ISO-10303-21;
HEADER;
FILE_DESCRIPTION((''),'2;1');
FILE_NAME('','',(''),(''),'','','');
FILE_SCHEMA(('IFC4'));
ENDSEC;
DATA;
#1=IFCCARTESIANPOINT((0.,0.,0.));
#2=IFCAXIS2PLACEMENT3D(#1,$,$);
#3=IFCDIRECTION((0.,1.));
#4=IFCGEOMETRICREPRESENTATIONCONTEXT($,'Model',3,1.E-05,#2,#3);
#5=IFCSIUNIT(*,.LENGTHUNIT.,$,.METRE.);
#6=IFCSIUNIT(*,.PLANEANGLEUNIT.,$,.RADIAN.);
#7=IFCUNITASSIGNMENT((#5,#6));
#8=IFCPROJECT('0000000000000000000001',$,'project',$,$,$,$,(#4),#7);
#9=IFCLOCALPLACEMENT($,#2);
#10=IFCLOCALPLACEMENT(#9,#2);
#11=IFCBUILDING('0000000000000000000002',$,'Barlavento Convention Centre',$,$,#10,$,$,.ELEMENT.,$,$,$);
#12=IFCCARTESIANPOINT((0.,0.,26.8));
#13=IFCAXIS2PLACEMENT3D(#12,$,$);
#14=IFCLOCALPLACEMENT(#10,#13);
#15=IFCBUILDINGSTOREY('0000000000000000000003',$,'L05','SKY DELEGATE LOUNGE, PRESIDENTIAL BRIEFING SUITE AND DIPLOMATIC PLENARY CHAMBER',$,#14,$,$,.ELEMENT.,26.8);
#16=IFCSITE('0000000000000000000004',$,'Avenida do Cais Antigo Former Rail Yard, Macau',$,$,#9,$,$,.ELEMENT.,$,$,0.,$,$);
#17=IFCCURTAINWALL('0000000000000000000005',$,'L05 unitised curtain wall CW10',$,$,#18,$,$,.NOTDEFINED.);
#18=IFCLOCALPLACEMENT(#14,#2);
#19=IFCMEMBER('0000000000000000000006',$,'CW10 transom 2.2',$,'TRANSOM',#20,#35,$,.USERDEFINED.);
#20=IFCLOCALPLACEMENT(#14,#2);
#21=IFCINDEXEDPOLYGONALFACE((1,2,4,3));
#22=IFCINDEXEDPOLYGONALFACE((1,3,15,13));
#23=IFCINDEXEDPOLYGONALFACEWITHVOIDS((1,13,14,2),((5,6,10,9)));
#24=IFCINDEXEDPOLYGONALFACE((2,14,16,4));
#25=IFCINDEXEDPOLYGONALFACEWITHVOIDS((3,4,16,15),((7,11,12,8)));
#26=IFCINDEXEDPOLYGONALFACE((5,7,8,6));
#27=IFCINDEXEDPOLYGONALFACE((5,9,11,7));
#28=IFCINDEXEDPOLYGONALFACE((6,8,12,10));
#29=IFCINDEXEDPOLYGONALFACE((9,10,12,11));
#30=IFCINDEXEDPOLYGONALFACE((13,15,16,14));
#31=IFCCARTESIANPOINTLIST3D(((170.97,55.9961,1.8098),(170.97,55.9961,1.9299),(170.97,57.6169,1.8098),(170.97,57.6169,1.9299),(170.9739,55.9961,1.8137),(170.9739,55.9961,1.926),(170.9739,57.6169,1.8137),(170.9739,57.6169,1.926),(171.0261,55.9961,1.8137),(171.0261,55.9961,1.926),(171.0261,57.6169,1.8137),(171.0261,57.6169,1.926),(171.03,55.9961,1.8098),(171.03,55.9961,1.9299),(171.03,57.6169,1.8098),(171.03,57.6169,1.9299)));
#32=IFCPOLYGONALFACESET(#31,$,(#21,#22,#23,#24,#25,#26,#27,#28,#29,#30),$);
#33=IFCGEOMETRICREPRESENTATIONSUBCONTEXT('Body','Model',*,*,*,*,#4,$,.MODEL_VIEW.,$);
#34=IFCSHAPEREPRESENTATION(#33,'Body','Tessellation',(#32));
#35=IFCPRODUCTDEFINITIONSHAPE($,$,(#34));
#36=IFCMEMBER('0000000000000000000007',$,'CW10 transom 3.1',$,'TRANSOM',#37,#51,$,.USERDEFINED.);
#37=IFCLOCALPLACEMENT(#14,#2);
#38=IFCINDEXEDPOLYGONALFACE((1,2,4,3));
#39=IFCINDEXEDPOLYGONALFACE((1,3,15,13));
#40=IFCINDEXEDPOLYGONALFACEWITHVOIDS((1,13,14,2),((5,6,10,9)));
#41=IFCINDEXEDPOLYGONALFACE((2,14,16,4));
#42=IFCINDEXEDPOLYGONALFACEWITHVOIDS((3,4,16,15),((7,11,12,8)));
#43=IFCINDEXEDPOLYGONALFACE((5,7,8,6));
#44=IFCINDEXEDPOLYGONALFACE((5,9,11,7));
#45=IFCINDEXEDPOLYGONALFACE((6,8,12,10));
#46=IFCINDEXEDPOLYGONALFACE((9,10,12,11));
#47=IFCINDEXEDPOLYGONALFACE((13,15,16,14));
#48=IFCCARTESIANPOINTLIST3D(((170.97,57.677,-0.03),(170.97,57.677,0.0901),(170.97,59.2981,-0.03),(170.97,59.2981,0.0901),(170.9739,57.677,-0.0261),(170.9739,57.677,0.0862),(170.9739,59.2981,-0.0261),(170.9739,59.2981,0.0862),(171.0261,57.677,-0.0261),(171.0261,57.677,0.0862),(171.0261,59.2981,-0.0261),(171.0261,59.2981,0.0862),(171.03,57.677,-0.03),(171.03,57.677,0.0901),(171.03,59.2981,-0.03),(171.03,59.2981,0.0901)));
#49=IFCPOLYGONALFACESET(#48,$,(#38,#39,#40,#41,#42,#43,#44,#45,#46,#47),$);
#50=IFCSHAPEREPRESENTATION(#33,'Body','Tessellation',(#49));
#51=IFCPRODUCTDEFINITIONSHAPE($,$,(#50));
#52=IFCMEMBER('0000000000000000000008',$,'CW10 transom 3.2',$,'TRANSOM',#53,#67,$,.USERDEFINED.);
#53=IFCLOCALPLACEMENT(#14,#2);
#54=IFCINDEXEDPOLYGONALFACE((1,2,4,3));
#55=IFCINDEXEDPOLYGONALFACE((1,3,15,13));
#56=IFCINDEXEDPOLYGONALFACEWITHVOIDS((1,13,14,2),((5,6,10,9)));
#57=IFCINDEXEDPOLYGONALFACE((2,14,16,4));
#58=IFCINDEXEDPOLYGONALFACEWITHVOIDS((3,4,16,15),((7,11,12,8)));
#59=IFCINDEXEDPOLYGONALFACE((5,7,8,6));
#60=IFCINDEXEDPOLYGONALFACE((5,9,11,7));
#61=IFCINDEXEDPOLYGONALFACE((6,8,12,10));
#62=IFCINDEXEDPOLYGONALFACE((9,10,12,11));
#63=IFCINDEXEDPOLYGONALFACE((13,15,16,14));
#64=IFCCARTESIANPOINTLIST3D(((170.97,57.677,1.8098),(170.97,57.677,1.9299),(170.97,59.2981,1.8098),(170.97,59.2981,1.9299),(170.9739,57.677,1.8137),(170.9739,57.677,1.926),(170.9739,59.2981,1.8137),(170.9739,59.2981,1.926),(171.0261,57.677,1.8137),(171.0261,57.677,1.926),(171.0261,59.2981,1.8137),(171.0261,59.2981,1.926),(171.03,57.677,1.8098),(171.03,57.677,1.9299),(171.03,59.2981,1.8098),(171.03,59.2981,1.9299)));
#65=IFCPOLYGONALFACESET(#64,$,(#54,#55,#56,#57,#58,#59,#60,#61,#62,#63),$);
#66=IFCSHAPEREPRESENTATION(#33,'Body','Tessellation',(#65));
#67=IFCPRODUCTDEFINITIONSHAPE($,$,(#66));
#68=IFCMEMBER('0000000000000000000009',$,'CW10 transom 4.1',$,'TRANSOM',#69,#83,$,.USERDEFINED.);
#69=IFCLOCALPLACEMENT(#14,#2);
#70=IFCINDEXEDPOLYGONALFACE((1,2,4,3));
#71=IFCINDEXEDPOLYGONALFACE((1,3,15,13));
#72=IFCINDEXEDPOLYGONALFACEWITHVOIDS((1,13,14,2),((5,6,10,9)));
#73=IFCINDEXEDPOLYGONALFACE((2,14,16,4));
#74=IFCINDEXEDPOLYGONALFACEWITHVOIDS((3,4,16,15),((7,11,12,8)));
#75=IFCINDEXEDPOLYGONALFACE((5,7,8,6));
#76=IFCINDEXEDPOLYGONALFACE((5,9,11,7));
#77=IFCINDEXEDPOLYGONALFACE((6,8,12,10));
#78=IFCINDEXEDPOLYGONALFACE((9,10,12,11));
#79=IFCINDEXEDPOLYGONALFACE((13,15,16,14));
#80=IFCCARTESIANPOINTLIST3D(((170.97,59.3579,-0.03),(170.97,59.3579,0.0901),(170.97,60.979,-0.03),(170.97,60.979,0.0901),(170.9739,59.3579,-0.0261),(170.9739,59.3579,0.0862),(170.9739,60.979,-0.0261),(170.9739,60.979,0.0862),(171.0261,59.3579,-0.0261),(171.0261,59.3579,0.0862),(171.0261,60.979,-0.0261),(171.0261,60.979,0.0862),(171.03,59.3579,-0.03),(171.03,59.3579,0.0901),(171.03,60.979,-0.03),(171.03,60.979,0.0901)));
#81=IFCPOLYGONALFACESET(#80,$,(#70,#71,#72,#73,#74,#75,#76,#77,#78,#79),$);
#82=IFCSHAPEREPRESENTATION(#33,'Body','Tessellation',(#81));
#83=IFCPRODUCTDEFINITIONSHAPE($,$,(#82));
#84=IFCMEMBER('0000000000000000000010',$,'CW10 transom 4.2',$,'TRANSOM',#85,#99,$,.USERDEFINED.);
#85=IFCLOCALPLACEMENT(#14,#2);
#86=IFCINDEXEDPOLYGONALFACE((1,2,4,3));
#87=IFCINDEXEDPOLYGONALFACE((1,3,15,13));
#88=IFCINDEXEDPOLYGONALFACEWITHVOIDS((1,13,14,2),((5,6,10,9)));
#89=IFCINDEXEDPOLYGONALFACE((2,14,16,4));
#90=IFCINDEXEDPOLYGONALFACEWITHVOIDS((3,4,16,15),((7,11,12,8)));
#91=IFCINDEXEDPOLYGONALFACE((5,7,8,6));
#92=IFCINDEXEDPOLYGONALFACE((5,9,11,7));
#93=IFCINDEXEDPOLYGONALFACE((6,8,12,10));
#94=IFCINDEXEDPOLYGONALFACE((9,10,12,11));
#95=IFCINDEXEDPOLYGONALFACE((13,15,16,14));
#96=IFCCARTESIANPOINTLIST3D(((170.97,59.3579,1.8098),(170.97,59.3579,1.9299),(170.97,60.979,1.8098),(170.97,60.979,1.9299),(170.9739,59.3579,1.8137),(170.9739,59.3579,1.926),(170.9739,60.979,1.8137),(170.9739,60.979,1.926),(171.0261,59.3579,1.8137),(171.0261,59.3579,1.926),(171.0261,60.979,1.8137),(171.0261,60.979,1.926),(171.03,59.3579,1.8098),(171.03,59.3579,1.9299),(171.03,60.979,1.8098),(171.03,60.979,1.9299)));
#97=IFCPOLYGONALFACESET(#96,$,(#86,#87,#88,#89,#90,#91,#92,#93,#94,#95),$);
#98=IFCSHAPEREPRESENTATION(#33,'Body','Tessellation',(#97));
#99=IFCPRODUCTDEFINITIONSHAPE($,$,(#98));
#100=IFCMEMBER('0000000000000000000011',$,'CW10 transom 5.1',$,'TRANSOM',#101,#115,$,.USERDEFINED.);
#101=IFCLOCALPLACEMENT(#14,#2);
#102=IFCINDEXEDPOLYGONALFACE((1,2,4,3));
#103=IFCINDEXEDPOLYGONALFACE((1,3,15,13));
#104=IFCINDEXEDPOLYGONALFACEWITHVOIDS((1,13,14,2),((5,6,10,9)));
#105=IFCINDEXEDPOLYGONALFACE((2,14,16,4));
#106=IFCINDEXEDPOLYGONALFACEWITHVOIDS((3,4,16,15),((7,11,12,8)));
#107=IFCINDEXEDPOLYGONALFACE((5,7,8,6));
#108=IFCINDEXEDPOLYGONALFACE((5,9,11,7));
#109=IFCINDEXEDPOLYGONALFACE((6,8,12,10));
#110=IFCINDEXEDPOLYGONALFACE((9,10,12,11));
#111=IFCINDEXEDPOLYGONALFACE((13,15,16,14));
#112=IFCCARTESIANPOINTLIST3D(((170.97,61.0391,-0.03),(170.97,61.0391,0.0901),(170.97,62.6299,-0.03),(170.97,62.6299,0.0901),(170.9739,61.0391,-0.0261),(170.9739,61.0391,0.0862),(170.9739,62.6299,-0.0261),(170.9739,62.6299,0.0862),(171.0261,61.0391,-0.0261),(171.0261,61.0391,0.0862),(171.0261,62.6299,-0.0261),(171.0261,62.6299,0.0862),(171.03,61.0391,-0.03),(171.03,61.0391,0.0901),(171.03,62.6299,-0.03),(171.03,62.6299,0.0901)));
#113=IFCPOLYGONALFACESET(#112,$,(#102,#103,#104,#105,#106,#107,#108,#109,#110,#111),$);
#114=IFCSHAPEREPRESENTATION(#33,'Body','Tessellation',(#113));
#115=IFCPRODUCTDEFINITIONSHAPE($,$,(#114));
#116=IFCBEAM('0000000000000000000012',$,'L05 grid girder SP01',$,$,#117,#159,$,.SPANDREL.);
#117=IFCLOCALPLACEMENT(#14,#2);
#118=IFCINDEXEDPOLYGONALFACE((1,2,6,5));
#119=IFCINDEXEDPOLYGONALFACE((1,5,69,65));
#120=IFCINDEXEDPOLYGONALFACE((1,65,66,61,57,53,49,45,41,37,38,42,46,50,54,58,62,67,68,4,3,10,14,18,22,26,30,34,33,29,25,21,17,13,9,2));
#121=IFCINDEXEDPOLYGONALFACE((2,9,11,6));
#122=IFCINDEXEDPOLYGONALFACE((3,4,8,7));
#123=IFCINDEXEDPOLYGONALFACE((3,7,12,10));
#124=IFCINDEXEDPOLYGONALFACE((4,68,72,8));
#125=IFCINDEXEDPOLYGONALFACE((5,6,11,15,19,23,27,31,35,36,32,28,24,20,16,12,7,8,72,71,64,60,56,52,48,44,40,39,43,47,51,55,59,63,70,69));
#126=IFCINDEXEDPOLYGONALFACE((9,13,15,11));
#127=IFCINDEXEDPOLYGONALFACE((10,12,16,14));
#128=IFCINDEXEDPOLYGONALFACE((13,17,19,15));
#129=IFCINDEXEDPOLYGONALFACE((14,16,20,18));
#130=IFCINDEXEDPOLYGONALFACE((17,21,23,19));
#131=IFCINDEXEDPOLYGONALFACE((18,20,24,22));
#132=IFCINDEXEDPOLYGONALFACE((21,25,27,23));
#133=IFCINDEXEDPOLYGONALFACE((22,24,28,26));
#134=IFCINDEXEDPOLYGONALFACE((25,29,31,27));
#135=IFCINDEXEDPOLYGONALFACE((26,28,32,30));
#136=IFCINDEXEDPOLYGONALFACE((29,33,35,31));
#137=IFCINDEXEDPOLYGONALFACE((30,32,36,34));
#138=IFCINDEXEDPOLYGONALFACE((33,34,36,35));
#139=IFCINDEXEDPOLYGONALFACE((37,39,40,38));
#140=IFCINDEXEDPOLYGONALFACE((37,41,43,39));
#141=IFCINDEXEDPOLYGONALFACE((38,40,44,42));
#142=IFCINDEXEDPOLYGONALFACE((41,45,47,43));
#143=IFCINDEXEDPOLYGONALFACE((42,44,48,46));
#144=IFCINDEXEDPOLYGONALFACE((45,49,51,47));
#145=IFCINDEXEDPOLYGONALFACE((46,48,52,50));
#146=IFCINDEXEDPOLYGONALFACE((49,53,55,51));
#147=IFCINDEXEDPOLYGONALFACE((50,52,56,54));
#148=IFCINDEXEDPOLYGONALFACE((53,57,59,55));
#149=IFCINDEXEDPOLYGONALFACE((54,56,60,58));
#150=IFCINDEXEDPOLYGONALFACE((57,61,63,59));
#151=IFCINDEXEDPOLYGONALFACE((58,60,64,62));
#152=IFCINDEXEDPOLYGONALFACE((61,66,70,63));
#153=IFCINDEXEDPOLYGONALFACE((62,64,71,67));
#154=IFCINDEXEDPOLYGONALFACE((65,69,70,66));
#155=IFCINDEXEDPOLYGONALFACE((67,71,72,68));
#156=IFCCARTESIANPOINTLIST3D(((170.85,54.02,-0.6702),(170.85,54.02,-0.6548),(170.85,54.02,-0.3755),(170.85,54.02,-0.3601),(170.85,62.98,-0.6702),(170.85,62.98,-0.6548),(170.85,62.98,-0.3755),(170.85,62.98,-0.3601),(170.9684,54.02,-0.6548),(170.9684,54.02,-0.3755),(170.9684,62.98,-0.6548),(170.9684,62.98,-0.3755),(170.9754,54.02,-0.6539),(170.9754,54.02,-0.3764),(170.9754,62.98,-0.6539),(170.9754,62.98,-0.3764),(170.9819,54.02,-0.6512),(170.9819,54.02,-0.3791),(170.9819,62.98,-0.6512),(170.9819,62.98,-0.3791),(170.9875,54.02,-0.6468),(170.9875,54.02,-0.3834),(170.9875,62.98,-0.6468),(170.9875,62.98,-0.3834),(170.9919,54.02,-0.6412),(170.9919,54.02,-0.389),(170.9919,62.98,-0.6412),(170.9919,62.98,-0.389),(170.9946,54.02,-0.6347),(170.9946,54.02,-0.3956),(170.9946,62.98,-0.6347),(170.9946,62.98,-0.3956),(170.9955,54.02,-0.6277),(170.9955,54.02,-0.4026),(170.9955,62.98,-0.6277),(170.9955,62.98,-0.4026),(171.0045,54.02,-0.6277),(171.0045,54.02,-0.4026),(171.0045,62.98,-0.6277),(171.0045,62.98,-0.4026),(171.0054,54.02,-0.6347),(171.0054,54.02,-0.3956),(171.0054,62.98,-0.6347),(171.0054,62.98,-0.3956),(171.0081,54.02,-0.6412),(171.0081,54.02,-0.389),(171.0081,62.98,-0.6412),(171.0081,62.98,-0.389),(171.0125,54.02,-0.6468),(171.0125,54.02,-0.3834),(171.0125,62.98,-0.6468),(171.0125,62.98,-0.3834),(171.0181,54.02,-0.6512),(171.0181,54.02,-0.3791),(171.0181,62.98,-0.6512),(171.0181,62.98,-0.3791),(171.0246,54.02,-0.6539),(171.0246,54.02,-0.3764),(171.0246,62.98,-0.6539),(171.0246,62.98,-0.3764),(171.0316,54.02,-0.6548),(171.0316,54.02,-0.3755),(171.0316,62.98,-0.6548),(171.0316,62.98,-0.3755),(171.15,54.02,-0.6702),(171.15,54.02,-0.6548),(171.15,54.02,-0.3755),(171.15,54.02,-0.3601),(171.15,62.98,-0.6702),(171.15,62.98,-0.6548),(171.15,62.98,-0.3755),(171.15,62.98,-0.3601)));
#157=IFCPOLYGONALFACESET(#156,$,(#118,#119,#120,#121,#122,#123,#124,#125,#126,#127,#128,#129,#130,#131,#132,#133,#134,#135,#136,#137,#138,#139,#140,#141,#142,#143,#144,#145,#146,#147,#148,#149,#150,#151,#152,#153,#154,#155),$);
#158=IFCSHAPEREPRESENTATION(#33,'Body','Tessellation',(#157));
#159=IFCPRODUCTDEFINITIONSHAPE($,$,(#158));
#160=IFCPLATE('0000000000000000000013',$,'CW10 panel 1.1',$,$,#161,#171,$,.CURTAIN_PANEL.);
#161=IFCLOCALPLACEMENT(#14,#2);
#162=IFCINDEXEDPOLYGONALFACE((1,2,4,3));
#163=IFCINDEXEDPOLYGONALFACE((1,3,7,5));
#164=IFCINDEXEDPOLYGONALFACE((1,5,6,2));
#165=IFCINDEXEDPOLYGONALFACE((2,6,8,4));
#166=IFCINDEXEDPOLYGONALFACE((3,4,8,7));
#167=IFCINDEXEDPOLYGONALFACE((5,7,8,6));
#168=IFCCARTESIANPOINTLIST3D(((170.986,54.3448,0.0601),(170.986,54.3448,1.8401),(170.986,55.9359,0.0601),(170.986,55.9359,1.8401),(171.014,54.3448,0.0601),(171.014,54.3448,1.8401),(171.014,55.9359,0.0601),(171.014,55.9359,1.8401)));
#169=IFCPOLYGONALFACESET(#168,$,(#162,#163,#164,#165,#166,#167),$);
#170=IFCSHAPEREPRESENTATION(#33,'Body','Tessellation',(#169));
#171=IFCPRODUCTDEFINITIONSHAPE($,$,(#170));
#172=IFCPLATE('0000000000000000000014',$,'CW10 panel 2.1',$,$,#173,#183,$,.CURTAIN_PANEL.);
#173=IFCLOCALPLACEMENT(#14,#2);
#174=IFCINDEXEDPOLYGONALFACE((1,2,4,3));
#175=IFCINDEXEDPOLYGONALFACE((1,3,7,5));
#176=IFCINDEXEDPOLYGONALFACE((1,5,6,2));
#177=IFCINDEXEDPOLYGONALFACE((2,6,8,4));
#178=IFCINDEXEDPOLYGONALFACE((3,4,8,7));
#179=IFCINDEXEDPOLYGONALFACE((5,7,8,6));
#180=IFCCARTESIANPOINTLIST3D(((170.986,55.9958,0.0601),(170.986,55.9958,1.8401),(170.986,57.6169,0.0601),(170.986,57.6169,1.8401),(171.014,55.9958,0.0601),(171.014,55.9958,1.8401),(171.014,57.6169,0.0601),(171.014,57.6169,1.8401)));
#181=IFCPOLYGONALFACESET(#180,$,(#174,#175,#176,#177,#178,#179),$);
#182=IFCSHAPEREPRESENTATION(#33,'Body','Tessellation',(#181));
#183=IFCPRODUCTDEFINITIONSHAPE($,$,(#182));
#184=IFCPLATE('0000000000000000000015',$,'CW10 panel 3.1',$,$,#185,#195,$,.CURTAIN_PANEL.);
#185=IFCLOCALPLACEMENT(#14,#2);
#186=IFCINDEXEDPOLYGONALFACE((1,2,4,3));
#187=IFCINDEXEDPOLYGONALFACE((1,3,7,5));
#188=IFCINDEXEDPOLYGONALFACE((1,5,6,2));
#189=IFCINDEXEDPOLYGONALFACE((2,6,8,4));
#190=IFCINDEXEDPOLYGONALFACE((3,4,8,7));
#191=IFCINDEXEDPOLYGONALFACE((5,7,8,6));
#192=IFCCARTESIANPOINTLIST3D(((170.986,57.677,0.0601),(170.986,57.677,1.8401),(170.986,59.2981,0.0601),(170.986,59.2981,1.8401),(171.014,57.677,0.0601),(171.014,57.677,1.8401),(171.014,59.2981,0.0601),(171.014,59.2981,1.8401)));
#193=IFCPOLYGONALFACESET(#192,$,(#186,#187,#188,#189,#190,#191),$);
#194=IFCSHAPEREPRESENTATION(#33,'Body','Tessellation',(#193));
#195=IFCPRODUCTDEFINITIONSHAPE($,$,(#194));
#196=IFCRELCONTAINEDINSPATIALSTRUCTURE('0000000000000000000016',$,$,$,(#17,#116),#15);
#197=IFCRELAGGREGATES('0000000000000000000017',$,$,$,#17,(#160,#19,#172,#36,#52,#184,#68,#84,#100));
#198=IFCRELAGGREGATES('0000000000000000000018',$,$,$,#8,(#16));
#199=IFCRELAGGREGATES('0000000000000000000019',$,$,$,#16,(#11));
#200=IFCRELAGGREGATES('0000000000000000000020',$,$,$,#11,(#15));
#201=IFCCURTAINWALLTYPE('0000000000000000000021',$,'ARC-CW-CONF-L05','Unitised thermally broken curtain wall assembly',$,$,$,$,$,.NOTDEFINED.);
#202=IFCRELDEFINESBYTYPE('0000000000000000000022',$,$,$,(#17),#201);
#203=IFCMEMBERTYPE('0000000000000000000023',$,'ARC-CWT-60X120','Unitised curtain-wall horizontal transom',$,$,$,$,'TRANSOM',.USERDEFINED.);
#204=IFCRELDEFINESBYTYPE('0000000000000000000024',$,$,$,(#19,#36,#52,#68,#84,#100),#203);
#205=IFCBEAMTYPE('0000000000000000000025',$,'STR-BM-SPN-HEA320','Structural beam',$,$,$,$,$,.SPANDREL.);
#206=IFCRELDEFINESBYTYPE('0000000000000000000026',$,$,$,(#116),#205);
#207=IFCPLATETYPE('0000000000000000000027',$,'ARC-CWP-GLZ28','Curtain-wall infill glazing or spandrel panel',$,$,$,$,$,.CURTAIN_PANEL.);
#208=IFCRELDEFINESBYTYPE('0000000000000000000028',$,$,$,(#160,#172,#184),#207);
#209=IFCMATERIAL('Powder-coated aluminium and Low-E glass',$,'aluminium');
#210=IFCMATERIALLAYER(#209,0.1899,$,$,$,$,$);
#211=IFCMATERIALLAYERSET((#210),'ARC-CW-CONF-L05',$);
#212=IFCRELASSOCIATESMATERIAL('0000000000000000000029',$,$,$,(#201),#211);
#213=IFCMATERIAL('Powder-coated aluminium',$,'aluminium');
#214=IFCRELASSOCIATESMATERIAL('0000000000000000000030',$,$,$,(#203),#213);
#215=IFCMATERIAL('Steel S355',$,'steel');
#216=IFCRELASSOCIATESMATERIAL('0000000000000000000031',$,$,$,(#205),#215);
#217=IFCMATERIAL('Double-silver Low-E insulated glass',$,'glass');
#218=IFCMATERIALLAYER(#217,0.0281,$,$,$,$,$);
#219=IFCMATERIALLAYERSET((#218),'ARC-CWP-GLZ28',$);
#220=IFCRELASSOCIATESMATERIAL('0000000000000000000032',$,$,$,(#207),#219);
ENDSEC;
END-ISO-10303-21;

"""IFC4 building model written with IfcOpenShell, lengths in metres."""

from ifc_helpers import new_model, si_unit, direction, frame, origin, origin_2d, place, context, subcontext, project, spatial, rectangle, hollow_rectangle, i_section, extrude, material, layer, layer_set, material_profile, profile_set, type_object, element, aggregate, save


model = new_model("IFC4")

# Units and contexts
model_context = context("Model", 3, precision=1e-05, world=origin(), true_north=direction((0.0, 1.0)))
body_context = subcontext(model_context, "Body", "Model", "MODEL_VIEW")
ifc_project = project(units=[si_unit("LENGTHUNIT", "METRE"), si_unit("PLANEANGLEUNIT", "RADIAN")], contexts=[model_context])

# Site, building, storey
site_placement = place(None, origin())
site = spatial("IfcSite", under=ifc_project, at=site_placement, Name="Avenida do Cais Antigo Former Rail Yard, Macau", CompositionType="ELEMENT", RefElevation=0.0)
building_placement = place(site_placement, origin())
building = spatial("IfcBuilding", under=site, at=building_placement, Name="Barlavento Convention Centre", CompositionType="ELEMENT")
storey_placement = place(building_placement, frame((0.0, 0.0, 26.8)))
storey = spatial("IfcBuildingStorey", under=building, at=storey_placement, Name="L05", Description="SKY DELEGATE LOUNGE, PRESIDENTIAL BRIEFING SUITE AND DIPLOMATIC PLENARY CHAMBER", CompositionType="ELEMENT", Elevation=26.8)

# Shared definitions
ifc_material_1 = material(Name="Steel S355", Category="steel")

# Curtain wall, members
ifc_material_2 = material(Name="Powder-coated aluminium and Low-E glass", Category="aluminium")
ifc_layer_1 = layer(ifc_material_2, 0.1899)
ifc_layer_set_1 = layer_set([ifc_layer_1], Name="ARC-CW-CONF-L05")
curtain_wall_type = type_object("IfcCurtainWallType", Name="ARC-CW-CONF-L05", Description="Unitised thermally broken curtain wall assembly", PredefinedType="NOTDEFINED", material=ifc_layer_set_1)
curtain_wall_placement = place(storey_placement, origin())
curtain_wall = element("IfcCurtainWall", 1, at=curtain_wall_placement, inside=storey, type_object=curtain_wall_type, Name="L05 unitised curtain wall CW10", PredefinedType="NOTDEFINED")
ifc_material_3 = material(Name="Powder-coated aluminium", Category="aluminium")
ifc_material_profile_1 = material_profile(ifc_material_3, hollow_rectangle(XDim=0.0601, YDim=0.1201, WallThickness=0.0039, at=origin_2d()), Name="AL-TRAN 60x120x4")
ifc_profile_set_1 = profile_set([ifc_material_profile_1], Name="Powder-coated aluminium")
member_type_1 = type_object("IfcMemberType", Name="ARC-CWT-60X120", Description="Unitised curtain-wall horizontal transom", ElementType="TRANSOM", PredefinedType="USERDEFINED", material=ifc_profile_set_1)
member_1_placement = place(storey_placement, frame((171.0, 55.9961, 1.8699), z_axis=(0.0, 1.0, 0.0), x_axis=(-1.0, 0.0, 0.0)))
member_1 = element("IfcMember", 2, at=member_1_placement, type_object=member_type_1, Name="CW10 transom 2.2", ObjectType="TRANSOM", PredefinedType="USERDEFINED", context=body_context, shape_type="SweptSolid", body=[
    extrude(hollow_rectangle(XDim=0.0601, YDim=0.1201, WallThickness=0.0039, at=origin_2d()), origin(), (0.0, 0.0, 1.0), 1.6208),
])
member_2_placement = place(storey_placement, frame((171.0, 57.677, 0.03), z_axis=(0.0, 1.0, 0.0), x_axis=(-1.0, 0.0, 0.0)))
member_2 = element("IfcMember", 3, at=member_2_placement, type_object=member_type_1, Name="CW10 transom 3.1", ObjectType="TRANSOM", PredefinedType="USERDEFINED", context=body_context, shape_type="SweptSolid", body=[
    extrude(hollow_rectangle(XDim=0.0601, YDim=0.1201, WallThickness=0.0039, at=origin_2d()), origin(), (0.0, 0.0, 1.0), 1.6211),
])
member_3_placement = place(storey_placement, frame((171.0, 57.677, 1.8699), z_axis=(0.0, 1.0, 0.0), x_axis=(-1.0, 0.0, 0.0)))
member_3 = element("IfcMember", 4, at=member_3_placement, type_object=member_type_1, Name="CW10 transom 3.2", ObjectType="TRANSOM", PredefinedType="USERDEFINED", context=body_context, shape_type="SweptSolid", body=[
    extrude(hollow_rectangle(XDim=0.0601, YDim=0.1201, WallThickness=0.0039, at=origin_2d()), origin(), (0.0, 0.0, 1.0), 1.6211),
])
member_4_placement = place(storey_placement, frame((171.0, 59.3579, 0.03), z_axis=(0.0, 1.0, 0.0), x_axis=(-1.0, 0.0, 0.0)))
member_4 = element("IfcMember", 5, at=member_4_placement, type_object=member_type_1, Name="CW10 transom 4.1", ObjectType="TRANSOM", PredefinedType="USERDEFINED", context=body_context, shape_type="SweptSolid", body=[
    extrude(hollow_rectangle(XDim=0.0601, YDim=0.1201, WallThickness=0.0039, at=origin_2d()), origin(), (0.0, 0.0, 1.0), 1.6211),
])
member_5_placement = place(storey_placement, frame((171.0, 59.3579, 1.8699), z_axis=(0.0, 1.0, 0.0), x_axis=(-1.0, 0.0, 0.0)))
member_5 = element("IfcMember", 6, at=member_5_placement, type_object=member_type_1, Name="CW10 transom 4.2", ObjectType="TRANSOM", PredefinedType="USERDEFINED", context=body_context, shape_type="SweptSolid", body=[
    extrude(hollow_rectangle(XDim=0.0601, YDim=0.1201, WallThickness=0.0039, at=origin_2d()), origin(), (0.0, 0.0, 1.0), 1.6211),
])
member_6_placement = place(storey_placement, frame((171.0, 61.0391, 0.03), z_axis=(0.0, 1.0, 0.0), x_axis=(-1.0, 0.0, 0.0)))
member_6 = element("IfcMember", 7, at=member_6_placement, type_object=member_type_1, Name="CW10 transom 5.1", ObjectType="TRANSOM", PredefinedType="USERDEFINED", context=body_context, shape_type="SweptSolid", body=[
    extrude(hollow_rectangle(XDim=0.0601, YDim=0.1201, WallThickness=0.0039, at=origin_2d()), origin(), (0.0, 0.0, 1.0), 1.5908),
])

# Beam
ifc_material_profile_2 = material_profile(ifc_material_1, i_section(OverallWidth=0.3, OverallDepth=0.3101, WebThickness=0.009, FlangeThickness=0.0154, FilletRadius=0.0271, at=origin_2d()), Name="HEA 320")
ifc_profile_set_2 = profile_set([ifc_material_profile_2], Name="Steel S355")
beam_type = type_object("IfcBeamType", Name="STR-BM-SPN-HEA320", Description="Structural beam", PredefinedType="SPANDREL", material=ifc_profile_set_2)
beam_placement = place(storey_placement, frame((171.0, 54.02, -0.5151), z_axis=(0.0, 1.0, 0.0), x_axis=(-1.0, 0.0, 0.0)))
element("IfcBeam", 8, at=beam_placement, inside=storey, type_object=beam_type, Name="L05 grid girder SP01", PredefinedType="SPANDREL", context=body_context, shape_type="SweptSolid", body=[
    extrude(i_section(OverallWidth=0.3, OverallDepth=0.3101, WebThickness=0.009, FlangeThickness=0.0154, FilletRadius=0.0271, at=origin_2d()), origin(), (0.0, 0.0, 1.0), 8.96),
])

# Plates
ifc_material_4 = material(Name="Double-silver Low-E insulated glass", Category="glass")
ifc_layer_2 = layer(ifc_material_4, 0.0281)
ifc_layer_set_2 = layer_set([ifc_layer_2], Name="ARC-CWP-GLZ28")
plate_type = type_object("IfcPlateType", Name="ARC-CWP-GLZ28", Description="Curtain-wall infill glazing or spandrel panel", PredefinedType="CURTAIN_PANEL", material=ifc_layer_set_2)
plate_1_placement = place(storey_placement, frame((171.0, 55.1404, 0.0601), z_axis=(0.0, 0.0, 1.0), x_axis=(0.0, 1.0, 0.0)))
plate_1 = element("IfcPlate", 9, at=plate_1_placement, type_object=plate_type, Name="CW10 panel 1.1", PredefinedType="CURTAIN_PANEL", context=body_context, shape_type="SweptSolid", body=[
    extrude(rectangle(XDim=1.5911, YDim=0.0281, at=origin_2d()), origin(), (0.0, 0.0, 1.0), 1.78),
])
plate_2_placement = place(storey_placement, frame((171.0, 56.8064, 0.0601), z_axis=(0.0, 0.0, 1.0), x_axis=(0.0, 1.0, 0.0)))
plate_2 = element("IfcPlate", 10, at=plate_2_placement, type_object=plate_type, Name="CW10 panel 2.1", PredefinedType="CURTAIN_PANEL", context=body_context, shape_type="SweptSolid", body=[
    extrude(rectangle(XDim=1.6211, YDim=0.0281, at=origin_2d()), origin(), (0.0, 0.0, 1.0), 1.78),
])
plate_3_placement = place(storey_placement, frame((171.0, 58.4875, 0.0601), z_axis=(0.0, 0.0, 1.0), x_axis=(0.0, 1.0, 0.0)))
plate_3 = element("IfcPlate", 11, at=plate_3_placement, type_object=plate_type, Name="CW10 panel 3.1", PredefinedType="CURTAIN_PANEL", context=body_context, shape_type="SweptSolid", body=[
    extrude(rectangle(XDim=1.6211, YDim=0.0281, at=origin_2d()), origin(), (0.0, 0.0, 1.0), 1.78),
])
aggregate(curtain_wall, [plate_1, member_1, plate_2, member_2, member_3, plate_3, member_4, member_5, member_6])

save(model, "model.ifc")
